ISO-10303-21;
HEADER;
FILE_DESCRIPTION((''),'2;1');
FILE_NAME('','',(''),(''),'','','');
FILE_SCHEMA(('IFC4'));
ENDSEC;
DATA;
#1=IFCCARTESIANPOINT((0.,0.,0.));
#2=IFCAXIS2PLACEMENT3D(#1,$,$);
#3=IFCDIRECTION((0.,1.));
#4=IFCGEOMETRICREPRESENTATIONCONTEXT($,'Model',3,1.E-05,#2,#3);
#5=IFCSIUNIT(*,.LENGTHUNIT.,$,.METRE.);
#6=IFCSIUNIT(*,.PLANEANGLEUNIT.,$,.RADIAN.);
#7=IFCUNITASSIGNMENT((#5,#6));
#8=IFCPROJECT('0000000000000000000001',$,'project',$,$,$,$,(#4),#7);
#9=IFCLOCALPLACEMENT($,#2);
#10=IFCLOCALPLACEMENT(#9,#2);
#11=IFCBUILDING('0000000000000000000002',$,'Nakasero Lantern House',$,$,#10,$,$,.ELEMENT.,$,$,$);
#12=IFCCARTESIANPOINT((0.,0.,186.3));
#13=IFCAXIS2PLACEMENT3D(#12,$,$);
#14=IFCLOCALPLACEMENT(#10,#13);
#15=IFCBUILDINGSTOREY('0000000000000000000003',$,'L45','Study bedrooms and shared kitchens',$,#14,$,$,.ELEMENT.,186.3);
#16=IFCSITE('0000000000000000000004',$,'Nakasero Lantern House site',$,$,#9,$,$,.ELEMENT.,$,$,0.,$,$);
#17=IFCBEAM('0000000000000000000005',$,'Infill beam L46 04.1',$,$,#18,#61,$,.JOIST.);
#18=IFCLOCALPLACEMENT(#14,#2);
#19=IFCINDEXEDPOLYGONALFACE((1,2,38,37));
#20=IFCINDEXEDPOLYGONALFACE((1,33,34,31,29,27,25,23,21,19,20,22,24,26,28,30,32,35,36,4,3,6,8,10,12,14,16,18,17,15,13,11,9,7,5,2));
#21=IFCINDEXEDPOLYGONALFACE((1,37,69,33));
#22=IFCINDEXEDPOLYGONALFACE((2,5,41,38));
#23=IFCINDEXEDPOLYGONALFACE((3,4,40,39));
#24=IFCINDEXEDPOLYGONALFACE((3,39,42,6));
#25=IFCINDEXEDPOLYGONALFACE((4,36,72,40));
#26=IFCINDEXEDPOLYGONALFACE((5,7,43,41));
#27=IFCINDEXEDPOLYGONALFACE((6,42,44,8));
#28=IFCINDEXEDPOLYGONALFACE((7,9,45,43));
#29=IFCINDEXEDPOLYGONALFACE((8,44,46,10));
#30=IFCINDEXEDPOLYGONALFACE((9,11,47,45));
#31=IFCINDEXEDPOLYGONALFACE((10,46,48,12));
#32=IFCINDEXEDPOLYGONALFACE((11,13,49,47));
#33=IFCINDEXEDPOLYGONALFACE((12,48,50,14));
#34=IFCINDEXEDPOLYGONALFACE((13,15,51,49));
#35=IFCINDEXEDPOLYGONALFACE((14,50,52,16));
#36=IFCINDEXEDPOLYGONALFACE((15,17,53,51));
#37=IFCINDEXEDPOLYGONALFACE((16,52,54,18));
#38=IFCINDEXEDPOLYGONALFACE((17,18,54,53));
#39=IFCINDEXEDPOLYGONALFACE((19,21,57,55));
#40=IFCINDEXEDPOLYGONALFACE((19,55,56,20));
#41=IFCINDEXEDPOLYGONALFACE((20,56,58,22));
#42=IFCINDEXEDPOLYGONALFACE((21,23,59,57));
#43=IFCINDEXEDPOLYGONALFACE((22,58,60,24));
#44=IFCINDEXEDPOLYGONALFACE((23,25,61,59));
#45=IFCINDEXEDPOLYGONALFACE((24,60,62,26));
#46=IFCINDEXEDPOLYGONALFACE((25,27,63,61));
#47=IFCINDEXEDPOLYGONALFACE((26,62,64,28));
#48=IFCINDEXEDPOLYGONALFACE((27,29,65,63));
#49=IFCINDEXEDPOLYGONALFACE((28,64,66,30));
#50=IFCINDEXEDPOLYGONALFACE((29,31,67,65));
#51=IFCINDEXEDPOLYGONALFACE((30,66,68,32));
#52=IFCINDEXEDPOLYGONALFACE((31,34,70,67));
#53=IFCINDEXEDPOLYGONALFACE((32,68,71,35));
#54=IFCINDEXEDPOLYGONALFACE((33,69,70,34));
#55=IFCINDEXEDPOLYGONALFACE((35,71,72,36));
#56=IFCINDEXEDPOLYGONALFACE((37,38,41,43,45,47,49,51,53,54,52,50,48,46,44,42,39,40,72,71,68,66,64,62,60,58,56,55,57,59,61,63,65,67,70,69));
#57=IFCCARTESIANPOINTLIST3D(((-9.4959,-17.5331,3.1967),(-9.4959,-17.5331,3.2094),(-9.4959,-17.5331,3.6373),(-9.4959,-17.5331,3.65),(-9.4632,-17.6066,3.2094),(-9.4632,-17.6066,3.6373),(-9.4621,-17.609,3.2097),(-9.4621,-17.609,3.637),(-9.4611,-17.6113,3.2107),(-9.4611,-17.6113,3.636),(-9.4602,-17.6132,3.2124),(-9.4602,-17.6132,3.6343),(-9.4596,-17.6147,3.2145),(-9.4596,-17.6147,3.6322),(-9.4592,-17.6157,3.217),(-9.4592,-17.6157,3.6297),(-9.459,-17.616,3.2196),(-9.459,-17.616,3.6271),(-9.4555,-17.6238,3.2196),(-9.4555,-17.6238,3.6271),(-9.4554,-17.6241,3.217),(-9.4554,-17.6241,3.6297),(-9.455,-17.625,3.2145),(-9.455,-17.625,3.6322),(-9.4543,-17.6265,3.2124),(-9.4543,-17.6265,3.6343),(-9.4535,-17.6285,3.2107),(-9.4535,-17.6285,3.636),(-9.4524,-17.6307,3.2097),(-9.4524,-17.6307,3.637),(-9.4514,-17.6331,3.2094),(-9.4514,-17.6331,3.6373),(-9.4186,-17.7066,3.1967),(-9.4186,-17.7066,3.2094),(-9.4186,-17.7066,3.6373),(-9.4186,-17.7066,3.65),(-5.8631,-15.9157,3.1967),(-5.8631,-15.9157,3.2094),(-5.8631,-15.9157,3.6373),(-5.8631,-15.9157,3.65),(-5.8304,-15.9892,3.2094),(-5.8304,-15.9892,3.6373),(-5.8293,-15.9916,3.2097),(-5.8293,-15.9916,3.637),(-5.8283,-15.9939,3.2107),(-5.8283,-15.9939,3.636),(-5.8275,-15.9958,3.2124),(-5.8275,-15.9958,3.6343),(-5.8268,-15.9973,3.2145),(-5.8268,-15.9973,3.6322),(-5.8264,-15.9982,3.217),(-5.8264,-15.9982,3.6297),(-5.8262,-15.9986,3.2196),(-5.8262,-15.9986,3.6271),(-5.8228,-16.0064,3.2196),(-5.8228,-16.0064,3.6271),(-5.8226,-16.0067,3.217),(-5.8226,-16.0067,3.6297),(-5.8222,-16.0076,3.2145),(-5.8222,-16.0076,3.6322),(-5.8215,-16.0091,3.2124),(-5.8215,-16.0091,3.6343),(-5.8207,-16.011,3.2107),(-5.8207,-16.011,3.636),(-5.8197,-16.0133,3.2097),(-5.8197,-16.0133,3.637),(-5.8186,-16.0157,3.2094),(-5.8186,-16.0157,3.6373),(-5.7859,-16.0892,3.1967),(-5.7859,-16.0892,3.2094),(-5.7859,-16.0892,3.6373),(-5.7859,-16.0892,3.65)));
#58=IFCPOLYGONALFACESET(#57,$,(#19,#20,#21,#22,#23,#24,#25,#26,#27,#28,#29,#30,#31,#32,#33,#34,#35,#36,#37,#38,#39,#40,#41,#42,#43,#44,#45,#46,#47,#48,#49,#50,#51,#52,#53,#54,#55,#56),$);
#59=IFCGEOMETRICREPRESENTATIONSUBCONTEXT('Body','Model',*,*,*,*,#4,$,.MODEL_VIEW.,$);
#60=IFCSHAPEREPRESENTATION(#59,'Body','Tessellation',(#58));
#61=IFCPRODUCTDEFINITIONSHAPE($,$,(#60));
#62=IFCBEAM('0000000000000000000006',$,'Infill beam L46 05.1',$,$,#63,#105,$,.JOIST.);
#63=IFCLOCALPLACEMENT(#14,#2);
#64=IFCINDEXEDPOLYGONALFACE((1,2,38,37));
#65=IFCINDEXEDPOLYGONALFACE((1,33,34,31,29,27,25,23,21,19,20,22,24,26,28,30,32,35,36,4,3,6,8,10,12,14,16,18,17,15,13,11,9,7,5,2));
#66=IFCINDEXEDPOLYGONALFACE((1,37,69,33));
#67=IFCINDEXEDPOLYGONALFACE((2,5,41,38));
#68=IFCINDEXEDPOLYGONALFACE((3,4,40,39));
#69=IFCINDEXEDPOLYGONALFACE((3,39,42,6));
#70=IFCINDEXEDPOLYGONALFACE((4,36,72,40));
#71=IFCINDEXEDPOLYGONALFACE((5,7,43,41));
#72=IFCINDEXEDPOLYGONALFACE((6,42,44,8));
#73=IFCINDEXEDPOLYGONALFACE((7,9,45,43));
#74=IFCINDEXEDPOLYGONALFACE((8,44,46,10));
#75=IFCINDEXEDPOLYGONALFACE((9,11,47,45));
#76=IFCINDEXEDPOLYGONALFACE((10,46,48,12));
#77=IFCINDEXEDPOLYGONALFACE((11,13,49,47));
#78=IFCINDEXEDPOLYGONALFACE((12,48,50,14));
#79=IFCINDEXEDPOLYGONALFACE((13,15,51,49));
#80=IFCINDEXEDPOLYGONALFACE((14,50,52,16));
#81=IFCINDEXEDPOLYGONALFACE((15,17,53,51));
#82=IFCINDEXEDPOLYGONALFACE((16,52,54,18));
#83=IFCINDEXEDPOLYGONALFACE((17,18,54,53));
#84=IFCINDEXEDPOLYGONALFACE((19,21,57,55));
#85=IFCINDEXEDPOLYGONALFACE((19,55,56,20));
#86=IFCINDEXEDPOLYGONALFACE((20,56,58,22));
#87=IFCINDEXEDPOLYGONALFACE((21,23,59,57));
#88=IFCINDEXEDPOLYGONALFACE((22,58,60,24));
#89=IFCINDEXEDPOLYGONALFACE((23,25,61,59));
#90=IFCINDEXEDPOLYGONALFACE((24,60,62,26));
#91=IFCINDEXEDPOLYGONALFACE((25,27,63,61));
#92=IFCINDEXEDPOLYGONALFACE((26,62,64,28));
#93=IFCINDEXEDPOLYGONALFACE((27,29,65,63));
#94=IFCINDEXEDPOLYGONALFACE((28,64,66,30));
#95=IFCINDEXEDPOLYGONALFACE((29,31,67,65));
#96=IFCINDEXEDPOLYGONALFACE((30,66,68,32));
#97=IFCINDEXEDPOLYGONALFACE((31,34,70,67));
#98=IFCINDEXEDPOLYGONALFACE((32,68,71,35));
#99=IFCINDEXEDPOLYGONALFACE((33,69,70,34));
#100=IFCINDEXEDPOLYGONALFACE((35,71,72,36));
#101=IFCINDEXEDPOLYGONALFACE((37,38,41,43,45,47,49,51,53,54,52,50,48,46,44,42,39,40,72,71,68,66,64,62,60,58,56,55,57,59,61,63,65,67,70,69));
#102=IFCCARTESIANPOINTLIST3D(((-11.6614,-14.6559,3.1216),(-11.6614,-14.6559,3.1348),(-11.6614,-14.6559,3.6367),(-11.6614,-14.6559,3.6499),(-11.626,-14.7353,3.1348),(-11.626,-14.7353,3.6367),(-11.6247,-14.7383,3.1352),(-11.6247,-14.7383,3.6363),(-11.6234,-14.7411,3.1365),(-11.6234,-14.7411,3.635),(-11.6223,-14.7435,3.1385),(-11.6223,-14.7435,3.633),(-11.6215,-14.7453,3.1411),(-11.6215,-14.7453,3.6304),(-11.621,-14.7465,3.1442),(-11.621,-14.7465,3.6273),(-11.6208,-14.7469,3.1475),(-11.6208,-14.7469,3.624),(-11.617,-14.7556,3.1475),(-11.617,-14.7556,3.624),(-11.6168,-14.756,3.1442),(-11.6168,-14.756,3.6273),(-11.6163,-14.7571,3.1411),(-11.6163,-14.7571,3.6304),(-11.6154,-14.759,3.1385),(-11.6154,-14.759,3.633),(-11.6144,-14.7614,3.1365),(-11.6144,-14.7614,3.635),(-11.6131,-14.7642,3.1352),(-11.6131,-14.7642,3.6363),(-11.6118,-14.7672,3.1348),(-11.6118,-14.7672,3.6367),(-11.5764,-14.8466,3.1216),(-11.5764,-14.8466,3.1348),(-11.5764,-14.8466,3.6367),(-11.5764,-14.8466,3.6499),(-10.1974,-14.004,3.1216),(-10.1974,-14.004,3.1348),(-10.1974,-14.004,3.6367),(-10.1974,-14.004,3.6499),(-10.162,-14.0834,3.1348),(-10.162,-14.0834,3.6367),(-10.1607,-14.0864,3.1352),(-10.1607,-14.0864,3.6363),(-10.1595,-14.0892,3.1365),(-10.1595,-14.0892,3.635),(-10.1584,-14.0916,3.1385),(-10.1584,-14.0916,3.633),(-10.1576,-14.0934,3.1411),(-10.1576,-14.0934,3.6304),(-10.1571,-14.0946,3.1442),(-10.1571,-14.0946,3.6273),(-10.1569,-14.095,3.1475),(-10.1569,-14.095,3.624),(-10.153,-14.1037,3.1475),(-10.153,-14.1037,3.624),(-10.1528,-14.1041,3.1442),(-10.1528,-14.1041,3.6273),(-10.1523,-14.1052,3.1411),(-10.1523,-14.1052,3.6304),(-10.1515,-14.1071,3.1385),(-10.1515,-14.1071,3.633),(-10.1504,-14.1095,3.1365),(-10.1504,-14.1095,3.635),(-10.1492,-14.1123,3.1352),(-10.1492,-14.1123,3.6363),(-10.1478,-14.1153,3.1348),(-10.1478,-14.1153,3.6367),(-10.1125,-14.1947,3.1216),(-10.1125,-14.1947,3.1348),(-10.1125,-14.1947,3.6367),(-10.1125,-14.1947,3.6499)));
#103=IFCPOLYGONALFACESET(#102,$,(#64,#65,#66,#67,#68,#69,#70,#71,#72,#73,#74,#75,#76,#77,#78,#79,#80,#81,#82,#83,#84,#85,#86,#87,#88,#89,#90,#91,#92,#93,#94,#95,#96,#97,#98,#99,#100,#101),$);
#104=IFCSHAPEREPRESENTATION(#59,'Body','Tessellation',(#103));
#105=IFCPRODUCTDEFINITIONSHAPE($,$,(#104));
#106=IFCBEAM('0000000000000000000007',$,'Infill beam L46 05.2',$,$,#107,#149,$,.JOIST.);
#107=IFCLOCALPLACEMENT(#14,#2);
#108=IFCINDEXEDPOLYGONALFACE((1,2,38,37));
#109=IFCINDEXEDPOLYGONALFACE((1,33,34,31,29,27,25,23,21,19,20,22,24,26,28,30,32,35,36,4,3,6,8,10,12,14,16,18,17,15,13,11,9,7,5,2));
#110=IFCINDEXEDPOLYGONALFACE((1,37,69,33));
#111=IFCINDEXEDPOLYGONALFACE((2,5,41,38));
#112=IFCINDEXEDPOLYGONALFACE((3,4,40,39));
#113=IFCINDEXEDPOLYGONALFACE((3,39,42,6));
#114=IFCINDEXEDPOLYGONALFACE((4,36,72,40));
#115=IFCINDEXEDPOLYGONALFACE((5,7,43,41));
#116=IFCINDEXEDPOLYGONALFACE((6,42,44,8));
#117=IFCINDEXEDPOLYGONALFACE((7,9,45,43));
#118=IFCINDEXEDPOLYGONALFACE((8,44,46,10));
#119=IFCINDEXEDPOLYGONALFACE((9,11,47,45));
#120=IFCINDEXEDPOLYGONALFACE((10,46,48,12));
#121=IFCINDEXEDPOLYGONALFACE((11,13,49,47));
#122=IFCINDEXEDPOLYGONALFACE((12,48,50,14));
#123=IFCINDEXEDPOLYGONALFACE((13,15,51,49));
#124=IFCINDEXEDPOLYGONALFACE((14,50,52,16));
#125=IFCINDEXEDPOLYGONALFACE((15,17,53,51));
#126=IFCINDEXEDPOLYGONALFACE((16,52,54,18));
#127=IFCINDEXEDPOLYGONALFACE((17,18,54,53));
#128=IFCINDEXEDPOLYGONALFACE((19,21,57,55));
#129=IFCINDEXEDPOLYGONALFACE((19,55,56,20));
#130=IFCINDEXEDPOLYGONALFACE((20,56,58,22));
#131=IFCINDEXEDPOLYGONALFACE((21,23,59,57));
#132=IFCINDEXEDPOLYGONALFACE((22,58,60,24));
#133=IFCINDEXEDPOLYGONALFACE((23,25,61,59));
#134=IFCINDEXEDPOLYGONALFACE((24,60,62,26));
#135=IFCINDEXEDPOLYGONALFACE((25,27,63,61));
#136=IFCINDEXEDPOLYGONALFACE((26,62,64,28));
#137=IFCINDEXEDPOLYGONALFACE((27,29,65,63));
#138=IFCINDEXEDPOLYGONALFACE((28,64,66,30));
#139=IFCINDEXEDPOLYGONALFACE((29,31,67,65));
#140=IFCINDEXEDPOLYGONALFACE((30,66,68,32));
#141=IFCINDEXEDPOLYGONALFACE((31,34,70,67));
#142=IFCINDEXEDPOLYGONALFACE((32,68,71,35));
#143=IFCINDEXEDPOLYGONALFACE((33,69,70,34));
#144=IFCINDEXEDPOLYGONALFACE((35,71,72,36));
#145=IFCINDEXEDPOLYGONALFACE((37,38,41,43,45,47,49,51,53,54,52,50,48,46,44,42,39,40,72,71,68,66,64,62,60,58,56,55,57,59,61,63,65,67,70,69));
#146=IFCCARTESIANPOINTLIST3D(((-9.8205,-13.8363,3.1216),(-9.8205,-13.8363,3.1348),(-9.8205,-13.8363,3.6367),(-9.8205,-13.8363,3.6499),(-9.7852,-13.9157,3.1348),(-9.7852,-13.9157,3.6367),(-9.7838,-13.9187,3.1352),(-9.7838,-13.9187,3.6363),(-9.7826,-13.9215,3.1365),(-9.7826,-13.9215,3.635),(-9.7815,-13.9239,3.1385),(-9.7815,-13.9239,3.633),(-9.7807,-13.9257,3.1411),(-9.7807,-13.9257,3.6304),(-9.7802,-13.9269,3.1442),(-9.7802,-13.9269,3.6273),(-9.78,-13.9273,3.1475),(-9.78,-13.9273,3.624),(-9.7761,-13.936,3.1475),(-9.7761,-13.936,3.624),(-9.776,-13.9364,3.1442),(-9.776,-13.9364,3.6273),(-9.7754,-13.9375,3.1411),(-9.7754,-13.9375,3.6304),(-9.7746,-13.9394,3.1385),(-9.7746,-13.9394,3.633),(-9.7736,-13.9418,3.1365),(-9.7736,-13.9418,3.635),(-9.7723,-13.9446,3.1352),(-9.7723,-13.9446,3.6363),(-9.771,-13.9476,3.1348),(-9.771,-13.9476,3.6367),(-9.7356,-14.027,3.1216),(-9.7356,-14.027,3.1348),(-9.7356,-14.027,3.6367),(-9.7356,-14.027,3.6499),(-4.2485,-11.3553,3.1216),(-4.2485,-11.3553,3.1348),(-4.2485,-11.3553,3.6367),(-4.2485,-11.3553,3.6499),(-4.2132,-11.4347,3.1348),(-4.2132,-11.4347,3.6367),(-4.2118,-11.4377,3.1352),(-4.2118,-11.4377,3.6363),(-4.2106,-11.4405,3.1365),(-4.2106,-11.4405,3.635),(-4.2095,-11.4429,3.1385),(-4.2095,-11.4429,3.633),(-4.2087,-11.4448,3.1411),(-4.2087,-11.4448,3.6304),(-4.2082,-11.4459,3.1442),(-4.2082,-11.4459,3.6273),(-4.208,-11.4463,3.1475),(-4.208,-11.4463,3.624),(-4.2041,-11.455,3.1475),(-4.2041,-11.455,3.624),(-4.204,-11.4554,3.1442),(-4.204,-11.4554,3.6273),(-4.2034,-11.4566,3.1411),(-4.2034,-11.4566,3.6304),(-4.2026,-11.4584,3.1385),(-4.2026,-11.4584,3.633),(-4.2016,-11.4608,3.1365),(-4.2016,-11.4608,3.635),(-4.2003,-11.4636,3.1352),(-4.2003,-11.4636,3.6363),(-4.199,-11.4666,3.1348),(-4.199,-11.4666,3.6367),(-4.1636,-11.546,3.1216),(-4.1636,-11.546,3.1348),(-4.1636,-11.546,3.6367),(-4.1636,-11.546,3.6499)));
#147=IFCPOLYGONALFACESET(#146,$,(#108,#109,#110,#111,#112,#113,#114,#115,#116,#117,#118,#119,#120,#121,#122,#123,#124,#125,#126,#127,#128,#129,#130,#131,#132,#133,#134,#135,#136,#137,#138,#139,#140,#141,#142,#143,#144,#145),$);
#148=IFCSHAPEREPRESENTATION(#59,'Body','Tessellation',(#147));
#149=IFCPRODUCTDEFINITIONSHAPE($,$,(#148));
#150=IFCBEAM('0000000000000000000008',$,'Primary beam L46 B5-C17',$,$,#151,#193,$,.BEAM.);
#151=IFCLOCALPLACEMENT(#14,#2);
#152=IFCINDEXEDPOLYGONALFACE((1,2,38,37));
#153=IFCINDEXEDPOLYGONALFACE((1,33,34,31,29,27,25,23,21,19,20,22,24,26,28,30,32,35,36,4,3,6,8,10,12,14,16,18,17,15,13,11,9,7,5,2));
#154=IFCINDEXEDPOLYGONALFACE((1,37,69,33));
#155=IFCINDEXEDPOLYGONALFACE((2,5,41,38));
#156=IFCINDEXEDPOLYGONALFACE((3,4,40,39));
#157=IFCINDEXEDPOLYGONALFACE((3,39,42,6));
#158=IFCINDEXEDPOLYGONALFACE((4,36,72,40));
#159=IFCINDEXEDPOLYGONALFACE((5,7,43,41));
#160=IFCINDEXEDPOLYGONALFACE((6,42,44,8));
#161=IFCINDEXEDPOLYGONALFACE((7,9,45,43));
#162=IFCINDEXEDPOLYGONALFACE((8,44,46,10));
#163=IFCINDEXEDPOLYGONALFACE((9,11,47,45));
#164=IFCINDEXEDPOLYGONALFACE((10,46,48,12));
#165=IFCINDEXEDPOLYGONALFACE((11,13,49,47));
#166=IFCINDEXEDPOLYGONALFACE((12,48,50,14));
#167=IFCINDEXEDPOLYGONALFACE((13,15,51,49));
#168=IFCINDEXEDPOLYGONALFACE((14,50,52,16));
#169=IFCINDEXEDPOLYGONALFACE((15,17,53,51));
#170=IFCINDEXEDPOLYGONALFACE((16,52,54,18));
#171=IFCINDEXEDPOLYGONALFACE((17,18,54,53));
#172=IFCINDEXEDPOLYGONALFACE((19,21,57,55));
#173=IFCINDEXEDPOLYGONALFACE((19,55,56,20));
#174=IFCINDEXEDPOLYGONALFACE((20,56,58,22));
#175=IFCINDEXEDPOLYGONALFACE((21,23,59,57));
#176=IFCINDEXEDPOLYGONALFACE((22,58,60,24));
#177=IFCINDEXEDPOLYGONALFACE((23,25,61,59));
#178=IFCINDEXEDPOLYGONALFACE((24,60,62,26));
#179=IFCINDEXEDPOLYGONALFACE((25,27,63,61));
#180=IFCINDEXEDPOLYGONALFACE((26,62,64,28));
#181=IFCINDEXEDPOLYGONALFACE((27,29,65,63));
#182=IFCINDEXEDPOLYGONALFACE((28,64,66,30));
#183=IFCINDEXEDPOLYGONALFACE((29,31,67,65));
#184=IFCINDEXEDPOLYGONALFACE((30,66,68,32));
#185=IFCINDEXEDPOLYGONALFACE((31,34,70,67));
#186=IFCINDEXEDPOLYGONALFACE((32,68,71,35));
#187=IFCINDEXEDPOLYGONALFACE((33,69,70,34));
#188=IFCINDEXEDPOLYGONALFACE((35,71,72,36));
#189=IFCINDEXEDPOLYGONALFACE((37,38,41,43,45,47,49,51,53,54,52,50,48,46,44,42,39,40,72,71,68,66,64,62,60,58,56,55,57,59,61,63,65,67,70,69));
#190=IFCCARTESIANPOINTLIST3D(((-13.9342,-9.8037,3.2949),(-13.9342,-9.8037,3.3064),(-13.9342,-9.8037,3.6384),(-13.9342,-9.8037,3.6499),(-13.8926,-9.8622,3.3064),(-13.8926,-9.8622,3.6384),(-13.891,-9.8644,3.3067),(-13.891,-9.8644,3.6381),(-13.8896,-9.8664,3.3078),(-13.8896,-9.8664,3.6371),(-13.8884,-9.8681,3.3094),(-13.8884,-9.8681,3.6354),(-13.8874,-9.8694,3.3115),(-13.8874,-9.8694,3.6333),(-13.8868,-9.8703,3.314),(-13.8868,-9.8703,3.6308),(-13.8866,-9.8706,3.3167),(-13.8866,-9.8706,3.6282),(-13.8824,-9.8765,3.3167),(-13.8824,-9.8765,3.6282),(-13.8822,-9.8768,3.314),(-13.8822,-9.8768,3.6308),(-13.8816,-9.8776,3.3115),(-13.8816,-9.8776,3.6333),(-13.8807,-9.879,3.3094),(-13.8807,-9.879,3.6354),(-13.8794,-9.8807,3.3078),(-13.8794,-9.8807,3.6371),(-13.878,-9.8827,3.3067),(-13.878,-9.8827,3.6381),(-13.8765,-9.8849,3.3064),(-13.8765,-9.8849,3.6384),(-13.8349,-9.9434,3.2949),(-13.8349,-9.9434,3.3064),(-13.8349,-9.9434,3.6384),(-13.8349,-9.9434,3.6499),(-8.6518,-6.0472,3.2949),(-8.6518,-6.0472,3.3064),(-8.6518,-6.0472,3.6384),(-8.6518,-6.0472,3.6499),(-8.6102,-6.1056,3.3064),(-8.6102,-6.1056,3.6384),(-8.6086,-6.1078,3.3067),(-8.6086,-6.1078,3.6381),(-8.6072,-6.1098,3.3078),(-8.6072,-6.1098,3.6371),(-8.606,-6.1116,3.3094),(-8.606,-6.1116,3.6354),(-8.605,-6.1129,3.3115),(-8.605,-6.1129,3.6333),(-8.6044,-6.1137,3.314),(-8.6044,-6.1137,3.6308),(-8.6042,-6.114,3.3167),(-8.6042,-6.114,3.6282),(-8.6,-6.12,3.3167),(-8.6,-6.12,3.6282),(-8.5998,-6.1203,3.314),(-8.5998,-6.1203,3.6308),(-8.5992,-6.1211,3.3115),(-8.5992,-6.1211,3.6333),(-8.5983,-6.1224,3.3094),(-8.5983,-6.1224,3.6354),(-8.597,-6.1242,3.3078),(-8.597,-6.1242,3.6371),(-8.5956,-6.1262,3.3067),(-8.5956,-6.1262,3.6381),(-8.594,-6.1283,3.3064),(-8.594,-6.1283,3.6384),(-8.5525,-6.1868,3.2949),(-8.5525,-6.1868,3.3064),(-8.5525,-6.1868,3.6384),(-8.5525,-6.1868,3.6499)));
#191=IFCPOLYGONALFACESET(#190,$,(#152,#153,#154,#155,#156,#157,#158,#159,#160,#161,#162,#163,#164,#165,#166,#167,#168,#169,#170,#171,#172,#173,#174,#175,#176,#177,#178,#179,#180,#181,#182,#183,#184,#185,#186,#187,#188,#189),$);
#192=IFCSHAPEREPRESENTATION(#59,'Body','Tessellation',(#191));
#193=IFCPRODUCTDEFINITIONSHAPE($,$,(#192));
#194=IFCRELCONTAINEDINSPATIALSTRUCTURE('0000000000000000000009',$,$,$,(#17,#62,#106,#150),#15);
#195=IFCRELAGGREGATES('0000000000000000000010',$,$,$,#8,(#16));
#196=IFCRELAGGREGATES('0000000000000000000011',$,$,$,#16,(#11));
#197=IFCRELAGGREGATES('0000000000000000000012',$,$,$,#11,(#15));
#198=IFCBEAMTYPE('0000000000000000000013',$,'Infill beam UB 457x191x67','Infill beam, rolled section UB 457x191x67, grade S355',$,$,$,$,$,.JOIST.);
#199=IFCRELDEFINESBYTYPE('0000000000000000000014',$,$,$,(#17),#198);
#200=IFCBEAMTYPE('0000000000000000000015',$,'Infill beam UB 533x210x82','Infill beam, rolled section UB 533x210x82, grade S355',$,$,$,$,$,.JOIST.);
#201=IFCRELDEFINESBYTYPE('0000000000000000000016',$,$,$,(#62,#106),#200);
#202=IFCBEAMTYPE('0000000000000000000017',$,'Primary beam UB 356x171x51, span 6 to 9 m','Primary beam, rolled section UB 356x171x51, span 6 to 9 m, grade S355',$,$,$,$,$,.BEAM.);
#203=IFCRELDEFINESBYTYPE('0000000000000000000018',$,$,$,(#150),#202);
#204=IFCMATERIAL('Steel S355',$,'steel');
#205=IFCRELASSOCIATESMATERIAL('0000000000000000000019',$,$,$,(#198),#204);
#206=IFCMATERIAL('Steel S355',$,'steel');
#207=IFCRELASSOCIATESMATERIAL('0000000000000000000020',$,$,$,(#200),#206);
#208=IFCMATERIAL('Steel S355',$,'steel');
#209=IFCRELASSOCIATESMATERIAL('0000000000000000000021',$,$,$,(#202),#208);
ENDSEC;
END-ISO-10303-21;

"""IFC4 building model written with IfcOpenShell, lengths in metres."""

from ifc_helpers import new_model, si_unit, direction, frame, origin, origin_2d, place, context, subcontext, project, spatial, i_section, extrude, material, material_profile, profile_set, type_object, element, save


model = new_model("IFC4")

# Units and contexts
model_context = context("Model", 3, precision=1e-05, world=origin(), true_north=direction((0.0, 1.0)))
body_context = subcontext(model_context, "Body", "Model", "MODEL_VIEW")
ifc_project = project(units=[si_unit("LENGTHUNIT", "METRE"), si_unit("PLANEANGLEUNIT", "RADIAN")], contexts=[model_context])

# Site, building, storey
site_placement = place(None, origin())
site = spatial("IfcSite", under=ifc_project, at=site_placement, Name="Nakasero Lantern House site", CompositionType="ELEMENT", RefElevation=0.0)
building_placement = place(site_placement, origin())
building = spatial("IfcBuilding", under=site, at=building_placement, Name="Nakasero Lantern House", CompositionType="ELEMENT")
storey_placement = place(building_placement, frame((0.0, 0.0, 186.3)))
storey = spatial("IfcBuildingStorey", under=building, at=storey_placement, Name="L45", Description="Study bedrooms and shared kitchens", CompositionType="ELEMENT", Elevation=186.3)

# Beams
ifc_material_1 = material(Name="Steel S355", Category="steel")
ifc_material_profile_1 = material_profile(ifc_material_1, i_section(OverallWidth=0.1899, OverallDepth=0.4534, WebThickness=0.0085, FlangeThickness=0.0127, FilletRadius=0.0103, at=origin_2d()), Name="UB 457x191x67")
ifc_profile_set_1 = profile_set([ifc_material_profile_1], Name="Steel S355")
beam_type_1 = type_object("IfcBeamType", Name="Infill beam UB 457x191x67", Description="Infill beam, rolled section UB 457x191x67, grade S355", PredefinedType="JOIST", material=ifc_profile_set_1)
beam_1_placement = place(storey_placement, frame((-9.4573, -17.6199, 3.4233), z_axis=(0.913546, 0.406736, 0.0), x_axis=(-0.406736, 0.913546, 0.0)))
element("IfcBeam", 1, at=beam_1_placement, inside=storey, type_object=beam_type_1, Name="Infill beam L46 04.1", PredefinedType="JOIST", context=body_context, shape_type="SweptSolid", body=[
    extrude(i_section(OverallWidth=0.1899, OverallDepth=0.4534, WebThickness=0.0085, FlangeThickness=0.0127, FilletRadius=0.0103, at=origin_2d()), origin(), (0.0, 0.0, 1.0), 3.9766),
])
ifc_material_2 = material(Name="Steel S355", Category="steel")
ifc_material_profile_2 = material_profile(ifc_material_2, i_section(OverallWidth=0.2087, OverallDepth=0.5283, WebThickness=0.0095, FlangeThickness=0.0132, FilletRadius=0.0127, at=origin_2d()), Name="UB 533x210x82")
ifc_profile_set_2 = profile_set([ifc_material_profile_2], Name="Steel S355")
beam_type_2 = type_object("IfcBeamType", Name="Infill beam UB 533x210x82", Description="Infill beam, rolled section UB 533x210x82, grade S355", PredefinedType="JOIST", material=ifc_profile_set_2)
beam_2_placement = place(storey_placement, frame((-11.6189, -14.7512, 3.3857), z_axis=(0.913522, 0.406789, 0.0), x_axis=(-0.406789, 0.913522, 0.0)))
element("IfcBeam", 2, at=beam_2_placement, inside=storey, type_object=beam_type_2, Name="Infill beam L46 05.1", PredefinedType="JOIST", context=body_context, shape_type="SweptSolid", body=[
    extrude(i_section(OverallWidth=0.2087, OverallDepth=0.5283, WebThickness=0.0095, FlangeThickness=0.0132, FilletRadius=0.0127, at=origin_2d()), origin(), (0.0, 0.0, 1.0), 1.6025),
])
beam_3_placement = place(storey_placement, frame((-9.7781, -13.9316, 3.3857), z_axis=(0.913537, 0.406755, 0.0), x_axis=(-0.406755, 0.913537, 0.0)))
element("IfcBeam", 3, at=beam_3_placement, inside=storey, type_object=beam_type_2, Name="Infill beam L46 05.2", PredefinedType="JOIST", context=body_context, shape_type="SweptSolid", body=[
    extrude(i_section(OverallWidth=0.2087, OverallDepth=0.5283, WebThickness=0.0095, FlangeThickness=0.0132, FilletRadius=0.0127, at=origin_2d()), origin(), (0.0, 0.0, 1.0), 6.0994),
])
ifc_material_3 = material(Name="Steel S355", Category="steel")
ifc_material_profile_3 = material_profile(ifc_material_3, i_section(OverallWidth=0.1714, OverallDepth=0.355, WebThickness=0.0073, FlangeThickness=0.0115, FilletRadius=0.0103, at=origin_2d()), Name="UB 356x171x51")
ifc_profile_set_3 = profile_set([ifc_material_profile_3], Name="Steel S355")
beam_type_3 = type_object("IfcBeamType", Name="Primary beam UB 356x171x51, span 6 to 9 m", Description="Primary beam, rolled section UB 356x171x51, span 6 to 9 m, grade S355", PredefinedType="BEAM", material=ifc_profile_set_3)
beam_4_placement = place(storey_placement, frame((-13.8845, -9.8735, 3.4724), z_axis=(0.814943, 0.579541, 0.0), x_axis=(-0.579541, 0.814943, 0.0)))
element("IfcBeam", 4, at=beam_4_placement, inside=storey, type_object=beam_type_3, Name="Primary beam L46 B5-C17", PredefinedType="BEAM", context=body_context, shape_type="SweptSolid", body=[
    extrude(i_section(OverallWidth=0.1714, OverallDepth=0.355, WebThickness=0.0073, FlangeThickness=0.0115, FilletRadius=0.0103, at=origin_2d()), origin(), (0.0, 0.0, 1.0), 6.4819),
])

save(model, "model.ifc")
